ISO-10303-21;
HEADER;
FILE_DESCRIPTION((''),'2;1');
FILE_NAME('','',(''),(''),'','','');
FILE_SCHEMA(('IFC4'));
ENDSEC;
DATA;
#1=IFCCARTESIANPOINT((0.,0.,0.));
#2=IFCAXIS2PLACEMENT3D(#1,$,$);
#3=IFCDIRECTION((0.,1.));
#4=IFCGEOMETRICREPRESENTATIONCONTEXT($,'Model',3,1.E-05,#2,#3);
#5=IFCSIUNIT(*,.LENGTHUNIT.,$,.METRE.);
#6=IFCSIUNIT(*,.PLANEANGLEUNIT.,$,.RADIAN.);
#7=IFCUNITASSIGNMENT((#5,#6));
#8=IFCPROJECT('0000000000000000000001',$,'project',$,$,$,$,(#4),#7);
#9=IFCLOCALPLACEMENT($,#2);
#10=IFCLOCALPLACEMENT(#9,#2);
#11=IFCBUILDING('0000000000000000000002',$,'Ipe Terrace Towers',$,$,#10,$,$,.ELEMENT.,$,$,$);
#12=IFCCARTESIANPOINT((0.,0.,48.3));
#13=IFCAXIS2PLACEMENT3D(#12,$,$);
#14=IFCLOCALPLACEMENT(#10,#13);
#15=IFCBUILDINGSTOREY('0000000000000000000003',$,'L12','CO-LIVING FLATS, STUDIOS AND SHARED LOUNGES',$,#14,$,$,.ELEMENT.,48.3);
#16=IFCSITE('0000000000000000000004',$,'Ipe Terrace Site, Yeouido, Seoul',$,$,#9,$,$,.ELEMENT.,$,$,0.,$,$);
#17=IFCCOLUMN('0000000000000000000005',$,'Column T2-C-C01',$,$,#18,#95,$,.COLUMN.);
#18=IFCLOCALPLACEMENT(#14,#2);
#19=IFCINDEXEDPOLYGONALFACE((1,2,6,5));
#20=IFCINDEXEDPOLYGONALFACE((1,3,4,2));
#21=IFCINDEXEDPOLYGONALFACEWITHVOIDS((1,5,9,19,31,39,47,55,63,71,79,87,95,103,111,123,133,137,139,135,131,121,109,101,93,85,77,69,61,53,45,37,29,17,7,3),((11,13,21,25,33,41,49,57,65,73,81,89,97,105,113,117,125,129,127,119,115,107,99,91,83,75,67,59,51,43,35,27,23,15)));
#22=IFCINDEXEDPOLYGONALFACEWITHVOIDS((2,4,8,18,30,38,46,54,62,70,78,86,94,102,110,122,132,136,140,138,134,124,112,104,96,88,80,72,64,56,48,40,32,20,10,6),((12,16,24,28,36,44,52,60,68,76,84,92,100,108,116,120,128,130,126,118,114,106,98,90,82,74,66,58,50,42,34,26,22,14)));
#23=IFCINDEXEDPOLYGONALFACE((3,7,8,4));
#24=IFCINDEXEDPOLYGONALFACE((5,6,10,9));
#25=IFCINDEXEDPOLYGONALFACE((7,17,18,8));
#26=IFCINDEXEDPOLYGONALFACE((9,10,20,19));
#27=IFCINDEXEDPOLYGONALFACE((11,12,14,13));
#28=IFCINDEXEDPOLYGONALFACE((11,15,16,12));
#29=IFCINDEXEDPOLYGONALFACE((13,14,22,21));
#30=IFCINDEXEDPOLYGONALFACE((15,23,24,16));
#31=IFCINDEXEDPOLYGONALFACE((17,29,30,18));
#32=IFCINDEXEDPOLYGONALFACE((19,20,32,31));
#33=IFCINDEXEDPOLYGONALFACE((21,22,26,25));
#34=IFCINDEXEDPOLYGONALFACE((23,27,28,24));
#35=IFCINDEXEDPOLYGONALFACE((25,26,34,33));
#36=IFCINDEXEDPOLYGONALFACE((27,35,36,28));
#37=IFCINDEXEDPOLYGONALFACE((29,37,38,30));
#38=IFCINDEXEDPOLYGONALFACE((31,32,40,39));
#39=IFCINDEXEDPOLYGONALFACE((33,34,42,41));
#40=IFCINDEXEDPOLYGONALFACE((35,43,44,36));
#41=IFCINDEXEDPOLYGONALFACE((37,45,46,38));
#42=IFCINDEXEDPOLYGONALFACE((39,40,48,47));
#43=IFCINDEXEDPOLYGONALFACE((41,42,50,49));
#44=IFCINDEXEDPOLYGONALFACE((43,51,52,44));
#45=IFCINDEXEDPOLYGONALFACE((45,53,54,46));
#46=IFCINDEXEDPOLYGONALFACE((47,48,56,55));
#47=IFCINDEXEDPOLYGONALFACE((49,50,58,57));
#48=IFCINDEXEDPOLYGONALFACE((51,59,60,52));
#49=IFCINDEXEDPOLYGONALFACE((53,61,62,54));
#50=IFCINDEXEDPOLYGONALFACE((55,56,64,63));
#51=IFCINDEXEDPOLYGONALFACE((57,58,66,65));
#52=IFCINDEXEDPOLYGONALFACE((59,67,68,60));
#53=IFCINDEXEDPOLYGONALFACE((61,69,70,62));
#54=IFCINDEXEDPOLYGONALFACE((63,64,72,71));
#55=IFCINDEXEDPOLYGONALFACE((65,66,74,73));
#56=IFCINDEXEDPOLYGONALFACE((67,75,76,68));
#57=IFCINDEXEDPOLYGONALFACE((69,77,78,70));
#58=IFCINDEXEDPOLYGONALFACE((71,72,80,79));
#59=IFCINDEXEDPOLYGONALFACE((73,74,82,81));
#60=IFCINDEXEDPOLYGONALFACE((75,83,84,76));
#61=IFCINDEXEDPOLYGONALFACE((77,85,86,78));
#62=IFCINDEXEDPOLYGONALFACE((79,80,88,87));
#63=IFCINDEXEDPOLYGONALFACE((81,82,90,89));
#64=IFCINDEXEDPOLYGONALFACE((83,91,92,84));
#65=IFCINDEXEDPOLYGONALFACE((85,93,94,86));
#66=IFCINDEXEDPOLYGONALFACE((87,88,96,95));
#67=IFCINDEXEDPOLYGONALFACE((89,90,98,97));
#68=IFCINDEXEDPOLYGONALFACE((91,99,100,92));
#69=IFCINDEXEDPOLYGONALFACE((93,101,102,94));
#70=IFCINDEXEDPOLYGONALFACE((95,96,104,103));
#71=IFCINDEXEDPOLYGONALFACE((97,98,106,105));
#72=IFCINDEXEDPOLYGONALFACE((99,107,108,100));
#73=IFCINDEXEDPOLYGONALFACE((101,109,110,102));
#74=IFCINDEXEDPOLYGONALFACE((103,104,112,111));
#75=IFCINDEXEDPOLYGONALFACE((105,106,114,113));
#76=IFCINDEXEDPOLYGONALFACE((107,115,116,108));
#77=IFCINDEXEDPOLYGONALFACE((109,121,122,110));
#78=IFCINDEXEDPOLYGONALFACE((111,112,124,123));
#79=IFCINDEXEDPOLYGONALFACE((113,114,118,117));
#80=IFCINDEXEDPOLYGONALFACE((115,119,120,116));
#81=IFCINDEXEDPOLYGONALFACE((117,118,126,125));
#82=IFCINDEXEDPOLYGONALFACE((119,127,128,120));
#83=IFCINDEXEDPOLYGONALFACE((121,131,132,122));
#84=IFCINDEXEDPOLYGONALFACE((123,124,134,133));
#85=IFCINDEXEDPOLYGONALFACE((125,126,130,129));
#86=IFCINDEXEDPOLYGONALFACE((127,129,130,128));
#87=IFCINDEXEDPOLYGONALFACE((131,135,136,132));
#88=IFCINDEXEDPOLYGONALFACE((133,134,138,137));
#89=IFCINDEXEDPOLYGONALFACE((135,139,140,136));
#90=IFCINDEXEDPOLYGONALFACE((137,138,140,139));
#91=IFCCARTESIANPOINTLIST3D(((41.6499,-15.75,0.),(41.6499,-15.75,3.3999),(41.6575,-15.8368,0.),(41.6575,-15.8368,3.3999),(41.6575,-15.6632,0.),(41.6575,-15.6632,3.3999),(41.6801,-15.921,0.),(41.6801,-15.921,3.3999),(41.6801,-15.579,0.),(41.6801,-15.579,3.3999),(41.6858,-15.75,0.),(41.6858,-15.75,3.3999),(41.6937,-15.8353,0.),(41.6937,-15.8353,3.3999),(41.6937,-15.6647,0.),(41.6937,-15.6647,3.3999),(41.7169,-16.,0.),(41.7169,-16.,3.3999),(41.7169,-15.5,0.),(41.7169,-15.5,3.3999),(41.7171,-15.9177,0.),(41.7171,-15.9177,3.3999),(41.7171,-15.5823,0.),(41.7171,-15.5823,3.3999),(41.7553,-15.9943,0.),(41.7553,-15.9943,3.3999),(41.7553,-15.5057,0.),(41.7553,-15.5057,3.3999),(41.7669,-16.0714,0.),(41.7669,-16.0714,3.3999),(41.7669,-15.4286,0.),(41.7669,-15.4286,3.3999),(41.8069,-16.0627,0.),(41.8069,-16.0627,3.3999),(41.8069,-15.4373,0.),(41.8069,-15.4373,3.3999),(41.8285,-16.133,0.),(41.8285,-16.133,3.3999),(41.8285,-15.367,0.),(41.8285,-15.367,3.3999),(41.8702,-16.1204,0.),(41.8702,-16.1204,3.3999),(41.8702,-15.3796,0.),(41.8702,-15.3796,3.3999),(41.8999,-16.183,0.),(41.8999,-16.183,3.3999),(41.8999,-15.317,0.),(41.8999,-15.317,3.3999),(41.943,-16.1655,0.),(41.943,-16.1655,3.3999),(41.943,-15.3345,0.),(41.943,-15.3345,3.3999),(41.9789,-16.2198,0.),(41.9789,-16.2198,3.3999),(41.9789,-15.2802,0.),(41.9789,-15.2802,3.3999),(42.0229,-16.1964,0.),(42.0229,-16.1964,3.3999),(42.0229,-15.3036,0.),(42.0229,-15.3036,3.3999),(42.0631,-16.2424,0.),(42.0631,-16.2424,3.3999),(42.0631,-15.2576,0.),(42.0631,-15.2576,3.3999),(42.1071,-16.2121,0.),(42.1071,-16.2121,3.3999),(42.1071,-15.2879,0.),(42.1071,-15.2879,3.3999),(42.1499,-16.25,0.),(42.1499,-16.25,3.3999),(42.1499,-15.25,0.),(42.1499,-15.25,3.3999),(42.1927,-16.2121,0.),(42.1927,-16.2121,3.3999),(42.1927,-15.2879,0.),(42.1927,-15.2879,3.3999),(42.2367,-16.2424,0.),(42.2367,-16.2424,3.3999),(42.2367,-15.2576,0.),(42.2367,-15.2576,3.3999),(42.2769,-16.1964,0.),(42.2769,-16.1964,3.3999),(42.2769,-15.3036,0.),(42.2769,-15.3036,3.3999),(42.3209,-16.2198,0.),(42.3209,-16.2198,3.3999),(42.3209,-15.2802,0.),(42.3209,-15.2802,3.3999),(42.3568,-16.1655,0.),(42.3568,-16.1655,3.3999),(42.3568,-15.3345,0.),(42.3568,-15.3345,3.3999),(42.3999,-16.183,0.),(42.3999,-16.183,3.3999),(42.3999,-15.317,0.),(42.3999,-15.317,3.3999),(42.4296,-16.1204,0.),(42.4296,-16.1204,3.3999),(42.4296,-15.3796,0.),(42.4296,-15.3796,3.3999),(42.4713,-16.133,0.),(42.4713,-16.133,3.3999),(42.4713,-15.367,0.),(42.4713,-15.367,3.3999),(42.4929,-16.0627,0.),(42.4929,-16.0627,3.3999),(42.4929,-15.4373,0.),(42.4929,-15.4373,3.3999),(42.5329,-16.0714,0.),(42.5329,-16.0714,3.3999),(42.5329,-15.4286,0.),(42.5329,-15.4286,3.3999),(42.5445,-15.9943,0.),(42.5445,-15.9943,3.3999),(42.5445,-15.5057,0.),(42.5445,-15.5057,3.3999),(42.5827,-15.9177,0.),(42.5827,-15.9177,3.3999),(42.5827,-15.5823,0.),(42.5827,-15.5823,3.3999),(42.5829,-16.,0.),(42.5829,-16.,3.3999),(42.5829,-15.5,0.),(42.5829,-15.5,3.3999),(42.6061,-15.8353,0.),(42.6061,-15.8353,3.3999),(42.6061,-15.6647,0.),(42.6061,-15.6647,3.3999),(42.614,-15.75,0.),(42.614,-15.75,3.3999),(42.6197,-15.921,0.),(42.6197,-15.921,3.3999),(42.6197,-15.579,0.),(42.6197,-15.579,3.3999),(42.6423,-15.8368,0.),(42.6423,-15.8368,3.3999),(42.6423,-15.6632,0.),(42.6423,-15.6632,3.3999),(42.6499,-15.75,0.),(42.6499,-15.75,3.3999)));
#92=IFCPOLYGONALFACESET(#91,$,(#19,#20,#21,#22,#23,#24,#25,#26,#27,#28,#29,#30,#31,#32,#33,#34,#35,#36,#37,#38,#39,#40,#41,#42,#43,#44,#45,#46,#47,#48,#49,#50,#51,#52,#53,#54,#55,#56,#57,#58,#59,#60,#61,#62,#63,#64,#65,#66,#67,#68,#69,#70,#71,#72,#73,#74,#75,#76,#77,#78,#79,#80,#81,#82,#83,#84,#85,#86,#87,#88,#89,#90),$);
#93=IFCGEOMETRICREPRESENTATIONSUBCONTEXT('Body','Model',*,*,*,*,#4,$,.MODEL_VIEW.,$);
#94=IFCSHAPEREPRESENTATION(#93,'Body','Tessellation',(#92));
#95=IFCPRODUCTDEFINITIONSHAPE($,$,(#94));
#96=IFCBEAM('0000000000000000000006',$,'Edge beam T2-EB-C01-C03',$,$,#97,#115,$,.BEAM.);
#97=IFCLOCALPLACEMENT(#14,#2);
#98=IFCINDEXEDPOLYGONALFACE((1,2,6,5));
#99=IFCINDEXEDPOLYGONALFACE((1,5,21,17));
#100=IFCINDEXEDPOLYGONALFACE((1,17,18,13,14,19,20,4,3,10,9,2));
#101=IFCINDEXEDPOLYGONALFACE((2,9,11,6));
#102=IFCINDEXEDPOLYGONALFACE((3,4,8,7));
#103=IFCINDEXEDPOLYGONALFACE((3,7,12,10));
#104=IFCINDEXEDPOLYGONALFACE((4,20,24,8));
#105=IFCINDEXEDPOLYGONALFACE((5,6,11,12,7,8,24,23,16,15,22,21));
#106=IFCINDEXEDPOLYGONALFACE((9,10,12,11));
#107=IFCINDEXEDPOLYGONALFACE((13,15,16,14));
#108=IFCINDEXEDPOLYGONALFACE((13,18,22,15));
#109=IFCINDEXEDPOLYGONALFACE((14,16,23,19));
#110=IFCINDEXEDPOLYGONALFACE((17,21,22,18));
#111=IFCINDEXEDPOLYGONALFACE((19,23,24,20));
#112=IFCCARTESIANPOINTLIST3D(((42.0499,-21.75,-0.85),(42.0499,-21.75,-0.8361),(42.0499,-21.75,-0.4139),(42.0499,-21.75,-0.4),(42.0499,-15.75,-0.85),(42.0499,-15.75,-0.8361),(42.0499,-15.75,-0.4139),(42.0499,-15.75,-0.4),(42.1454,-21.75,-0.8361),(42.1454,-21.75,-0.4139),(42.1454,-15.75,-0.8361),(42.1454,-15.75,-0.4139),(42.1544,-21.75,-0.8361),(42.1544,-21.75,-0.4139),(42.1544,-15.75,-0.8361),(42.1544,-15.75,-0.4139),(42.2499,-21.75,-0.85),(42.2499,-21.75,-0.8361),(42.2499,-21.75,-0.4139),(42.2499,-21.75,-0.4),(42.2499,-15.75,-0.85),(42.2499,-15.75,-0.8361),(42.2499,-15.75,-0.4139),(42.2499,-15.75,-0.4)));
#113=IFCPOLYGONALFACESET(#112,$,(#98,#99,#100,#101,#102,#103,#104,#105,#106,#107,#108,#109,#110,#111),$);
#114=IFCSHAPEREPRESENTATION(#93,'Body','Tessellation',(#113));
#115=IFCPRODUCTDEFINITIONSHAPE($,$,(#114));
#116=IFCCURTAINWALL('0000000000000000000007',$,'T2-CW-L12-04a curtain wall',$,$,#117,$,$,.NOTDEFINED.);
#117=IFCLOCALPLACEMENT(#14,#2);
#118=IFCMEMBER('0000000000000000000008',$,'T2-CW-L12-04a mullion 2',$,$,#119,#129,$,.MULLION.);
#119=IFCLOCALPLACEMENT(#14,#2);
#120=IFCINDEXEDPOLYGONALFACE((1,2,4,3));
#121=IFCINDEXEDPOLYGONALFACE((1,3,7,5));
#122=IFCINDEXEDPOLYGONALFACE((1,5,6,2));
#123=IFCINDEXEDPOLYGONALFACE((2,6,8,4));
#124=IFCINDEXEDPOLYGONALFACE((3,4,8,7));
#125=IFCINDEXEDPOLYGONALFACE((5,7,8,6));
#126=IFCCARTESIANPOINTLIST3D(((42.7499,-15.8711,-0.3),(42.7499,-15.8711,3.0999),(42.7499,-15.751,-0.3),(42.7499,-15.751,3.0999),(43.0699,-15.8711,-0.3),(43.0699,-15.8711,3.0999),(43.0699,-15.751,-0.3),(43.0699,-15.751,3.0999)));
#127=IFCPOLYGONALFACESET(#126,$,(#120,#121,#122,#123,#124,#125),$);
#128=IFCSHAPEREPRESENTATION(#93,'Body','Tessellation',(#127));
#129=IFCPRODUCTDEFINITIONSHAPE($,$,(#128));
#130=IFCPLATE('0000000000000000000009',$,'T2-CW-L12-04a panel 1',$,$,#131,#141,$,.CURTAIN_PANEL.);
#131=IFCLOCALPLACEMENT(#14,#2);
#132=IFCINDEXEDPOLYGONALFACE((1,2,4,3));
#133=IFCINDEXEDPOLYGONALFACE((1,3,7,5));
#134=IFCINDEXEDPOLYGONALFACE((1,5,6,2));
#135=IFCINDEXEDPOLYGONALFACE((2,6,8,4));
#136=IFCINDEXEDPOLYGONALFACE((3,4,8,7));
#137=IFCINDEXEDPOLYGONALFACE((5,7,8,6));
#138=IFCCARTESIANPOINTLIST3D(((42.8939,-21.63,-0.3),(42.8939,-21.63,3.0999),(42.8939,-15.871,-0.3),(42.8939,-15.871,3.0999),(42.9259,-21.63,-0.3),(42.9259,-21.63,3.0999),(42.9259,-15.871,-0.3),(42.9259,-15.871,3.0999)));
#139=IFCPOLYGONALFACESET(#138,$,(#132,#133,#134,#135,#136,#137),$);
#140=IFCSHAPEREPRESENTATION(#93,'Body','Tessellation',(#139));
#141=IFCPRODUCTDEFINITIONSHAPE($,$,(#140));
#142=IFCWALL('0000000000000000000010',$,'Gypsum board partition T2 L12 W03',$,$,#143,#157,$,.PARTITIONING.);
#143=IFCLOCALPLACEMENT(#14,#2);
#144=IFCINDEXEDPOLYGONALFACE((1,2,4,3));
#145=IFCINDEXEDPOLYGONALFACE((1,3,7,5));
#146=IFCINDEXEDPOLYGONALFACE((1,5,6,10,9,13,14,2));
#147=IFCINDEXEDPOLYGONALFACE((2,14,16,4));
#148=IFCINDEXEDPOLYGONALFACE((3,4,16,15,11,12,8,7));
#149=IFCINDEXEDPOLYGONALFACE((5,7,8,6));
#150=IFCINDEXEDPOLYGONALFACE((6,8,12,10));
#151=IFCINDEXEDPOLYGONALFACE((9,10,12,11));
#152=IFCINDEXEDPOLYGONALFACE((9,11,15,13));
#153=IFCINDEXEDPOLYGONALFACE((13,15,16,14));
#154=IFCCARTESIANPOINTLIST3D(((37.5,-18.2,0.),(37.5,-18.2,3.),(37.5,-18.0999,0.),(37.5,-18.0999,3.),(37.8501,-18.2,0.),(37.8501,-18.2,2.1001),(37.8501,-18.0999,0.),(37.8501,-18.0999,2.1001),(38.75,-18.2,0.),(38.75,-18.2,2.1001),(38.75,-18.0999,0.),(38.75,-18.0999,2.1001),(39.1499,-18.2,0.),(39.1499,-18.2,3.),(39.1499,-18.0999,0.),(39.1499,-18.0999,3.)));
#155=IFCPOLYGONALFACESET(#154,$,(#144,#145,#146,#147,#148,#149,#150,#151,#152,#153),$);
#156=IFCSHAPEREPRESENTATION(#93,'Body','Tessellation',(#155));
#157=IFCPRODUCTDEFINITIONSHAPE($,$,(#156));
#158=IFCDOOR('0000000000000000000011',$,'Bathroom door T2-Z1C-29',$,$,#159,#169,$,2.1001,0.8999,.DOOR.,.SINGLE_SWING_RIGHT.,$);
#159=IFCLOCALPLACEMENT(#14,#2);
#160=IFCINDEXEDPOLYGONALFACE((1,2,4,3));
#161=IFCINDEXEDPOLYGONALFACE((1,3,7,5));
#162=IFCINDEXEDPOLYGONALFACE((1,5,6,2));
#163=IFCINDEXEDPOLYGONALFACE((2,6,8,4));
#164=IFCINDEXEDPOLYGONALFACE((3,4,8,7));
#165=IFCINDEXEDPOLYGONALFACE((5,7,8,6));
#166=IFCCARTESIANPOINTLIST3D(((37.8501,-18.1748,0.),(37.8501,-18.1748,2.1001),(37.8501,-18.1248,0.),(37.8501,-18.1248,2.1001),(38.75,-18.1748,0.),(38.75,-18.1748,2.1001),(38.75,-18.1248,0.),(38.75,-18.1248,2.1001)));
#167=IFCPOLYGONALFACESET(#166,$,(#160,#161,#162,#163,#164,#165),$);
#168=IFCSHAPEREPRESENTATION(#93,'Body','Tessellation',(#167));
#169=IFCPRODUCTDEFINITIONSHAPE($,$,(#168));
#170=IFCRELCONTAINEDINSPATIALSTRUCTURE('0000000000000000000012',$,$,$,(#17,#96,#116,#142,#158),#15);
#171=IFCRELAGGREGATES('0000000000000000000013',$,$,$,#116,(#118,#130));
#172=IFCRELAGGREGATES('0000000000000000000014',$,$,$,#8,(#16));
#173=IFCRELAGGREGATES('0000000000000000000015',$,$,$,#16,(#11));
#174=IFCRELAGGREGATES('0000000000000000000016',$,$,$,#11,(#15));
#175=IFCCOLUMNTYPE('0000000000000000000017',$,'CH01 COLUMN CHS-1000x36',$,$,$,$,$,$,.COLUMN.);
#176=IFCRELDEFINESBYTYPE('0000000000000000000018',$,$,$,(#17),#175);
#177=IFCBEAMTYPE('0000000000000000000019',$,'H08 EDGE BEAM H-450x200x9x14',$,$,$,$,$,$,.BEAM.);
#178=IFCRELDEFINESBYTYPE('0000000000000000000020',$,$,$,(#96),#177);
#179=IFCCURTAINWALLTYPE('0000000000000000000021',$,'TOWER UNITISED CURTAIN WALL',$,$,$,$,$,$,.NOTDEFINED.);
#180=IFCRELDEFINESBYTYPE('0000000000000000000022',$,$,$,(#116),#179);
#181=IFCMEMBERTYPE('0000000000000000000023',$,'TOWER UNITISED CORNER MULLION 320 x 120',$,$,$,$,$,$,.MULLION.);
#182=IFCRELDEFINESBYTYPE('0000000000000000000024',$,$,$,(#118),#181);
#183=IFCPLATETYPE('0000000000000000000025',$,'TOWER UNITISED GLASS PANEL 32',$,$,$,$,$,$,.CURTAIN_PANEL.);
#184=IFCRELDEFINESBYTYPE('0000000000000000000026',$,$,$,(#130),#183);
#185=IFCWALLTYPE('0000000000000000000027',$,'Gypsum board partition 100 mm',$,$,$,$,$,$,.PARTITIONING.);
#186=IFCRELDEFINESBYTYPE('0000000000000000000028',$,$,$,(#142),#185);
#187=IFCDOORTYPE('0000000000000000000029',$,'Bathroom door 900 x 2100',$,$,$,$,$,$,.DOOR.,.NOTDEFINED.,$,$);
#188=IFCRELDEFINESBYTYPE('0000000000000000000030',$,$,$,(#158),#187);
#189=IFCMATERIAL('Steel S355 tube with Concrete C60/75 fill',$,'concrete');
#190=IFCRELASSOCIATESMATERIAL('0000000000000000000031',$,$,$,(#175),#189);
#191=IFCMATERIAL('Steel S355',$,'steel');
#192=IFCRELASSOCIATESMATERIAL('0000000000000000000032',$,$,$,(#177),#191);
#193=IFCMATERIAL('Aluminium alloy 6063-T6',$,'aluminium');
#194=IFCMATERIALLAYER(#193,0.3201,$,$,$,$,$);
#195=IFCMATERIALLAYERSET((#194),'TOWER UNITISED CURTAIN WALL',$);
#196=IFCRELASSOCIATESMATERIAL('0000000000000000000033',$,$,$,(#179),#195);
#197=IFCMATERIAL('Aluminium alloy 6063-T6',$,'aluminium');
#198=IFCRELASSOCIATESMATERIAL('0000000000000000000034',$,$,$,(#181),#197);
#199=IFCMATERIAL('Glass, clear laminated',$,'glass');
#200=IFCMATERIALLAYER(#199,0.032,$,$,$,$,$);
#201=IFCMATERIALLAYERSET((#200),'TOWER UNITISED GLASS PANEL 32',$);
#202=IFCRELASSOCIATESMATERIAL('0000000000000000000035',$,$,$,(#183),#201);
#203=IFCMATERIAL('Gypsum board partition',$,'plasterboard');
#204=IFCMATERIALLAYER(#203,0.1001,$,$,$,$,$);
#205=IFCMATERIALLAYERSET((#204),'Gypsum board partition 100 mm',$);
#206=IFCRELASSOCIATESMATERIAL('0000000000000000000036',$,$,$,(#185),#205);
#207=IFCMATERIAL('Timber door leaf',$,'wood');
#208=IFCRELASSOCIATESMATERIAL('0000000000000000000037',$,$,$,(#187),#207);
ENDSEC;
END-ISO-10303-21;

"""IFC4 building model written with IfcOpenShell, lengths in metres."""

from ifc_helpers import new_model, si_unit, direction, frame, frame_2d, origin, origin_2d, place, context, subcontext, project, spatial, rectangle, hollow_circle, i_section, extrude, material, layer, layer_set, material_profile, profile_set, type_object, element, fill, aggregate, save


model = new_model("IFC4")

# Units and contexts
model_context = context("Model", 3, precision=1e-05, world=origin(), true_north=direction((0.0, 1.0)))
body_context = subcontext(model_context, "Body", "Model", "MODEL_VIEW")
ifc_project = project(units=[si_unit("LENGTHUNIT", "METRE"), si_unit("PLANEANGLEUNIT", "RADIAN")], contexts=[model_context])

# Site, building, storey
site_placement = place(None, origin())
site = spatial("IfcSite", under=ifc_project, at=site_placement, Name="Ipe Terrace Site, Yeouido, Seoul", CompositionType="ELEMENT", RefElevation=0.0)
building_placement = place(site_placement, origin())
building = spatial("IfcBuilding", under=site, at=building_placement, Name="Ipe Terrace Towers", CompositionType="ELEMENT")
storey_placement = place(building_placement, frame((0.0, 0.0, 48.3)))
storey = spatial("IfcBuildingStorey", under=building, at=storey_placement, Name="L12", Description="CO-LIVING FLATS, STUDIOS AND SHARED LOUNGES", CompositionType="ELEMENT", Elevation=48.3)

# Column
ifc_material_1 = material(Name="Steel S355 tube with Concrete C60/75 fill", Category="concrete")
ifc_material_profile_1 = material_profile(ifc_material_1, hollow_circle(Radius=0.5, WallThickness=0.0359, at=origin_2d()), Name="CHS-1000x36")
ifc_profile_set_1 = profile_set([ifc_material_profile_1], Name="Steel S355 tube with Concrete C60/75 fill")
column_type = type_object("IfcColumnType", Name="CH01 COLUMN CHS-1000x36", PredefinedType="COLUMN", material=ifc_profile_set_1)
column_placement = place(storey_placement, frame((42.1499, -15.75, 0.0), z_axis=(0.0, 0.0, 1.0), x_axis=(1.0, 0.0, 0.0)))
element("IfcColumn", 1, at=column_placement, inside=storey, type_object=column_type, Name="Column T2-C-C01", PredefinedType="COLUMN", context=body_context, shape_type="SweptSolid", body=[
    extrude(hollow_circle(Radius=0.5, WallThickness=0.0359, at=origin_2d()), origin(), (0.0, 0.0, 1.0), 3.3999),
])

# Beam
ifc_material_2 = material(Name="Steel S355", Category="steel")
ifc_material_profile_2 = material_profile(ifc_material_2, i_section(OverallWidth=0.2, OverallDepth=0.45, WebThickness=0.009, FlangeThickness=0.0139, at=origin_2d()), Name="H-450x200x9x14")
ifc_profile_set_2 = profile_set([ifc_material_profile_2], Name="Steel S355")
beam_type = type_object("IfcBeamType", Name="H08 EDGE BEAM H-450x200x9x14", PredefinedType="BEAM", material=ifc_profile_set_2)
beam_placement = place(storey_placement, frame((42.1499, -15.75, -0.625), z_axis=(0.0, -1.0, 0.0), x_axis=(1.0, 0.0, 0.0)))
element("IfcBeam", 2, at=beam_placement, inside=storey, type_object=beam_type, Name="Edge beam T2-EB-C01-C03", PredefinedType="BEAM", context=body_context, shape_type="SweptSolid", body=[
    extrude(i_section(OverallWidth=0.2, OverallDepth=0.45, WebThickness=0.009, FlangeThickness=0.0139, at=origin_2d()), origin(), (0.0, 0.0, 1.0), 6.0),
])

# Curtain wall, member, plate
ifc_material_3 = material(Name="Aluminium alloy 6063-T6", Category="aluminium")
ifc_layer_1 = layer(ifc_material_3, 0.3201)
ifc_layer_set_1 = layer_set([ifc_layer_1], Name="TOWER UNITISED CURTAIN WALL")
curtain_wall_type = type_object("IfcCurtainWallType", Name="TOWER UNITISED CURTAIN WALL", PredefinedType="NOTDEFINED", material=ifc_layer_set_1)
curtain_wall_placement = place(storey_placement, origin())
curtain_wall = element("IfcCurtainWall", 3, at=curtain_wall_placement, inside=storey, type_object=curtain_wall_type, Name="T2-CW-L12-04a curtain wall", PredefinedType="NOTDEFINED")
ifc_material_4 = material(Name="Aluminium alloy 6063-T6", Category="aluminium")
ifc_material_profile_3 = material_profile(ifc_material_4, rectangle(XDim=0.3201, YDim=0.1201, at=origin_2d()), Name="TOWER UNITISED CORNER MULLION 320 x 120")
ifc_profile_set_3 = profile_set([ifc_material_profile_3], Name="Aluminium alloy 6063-T6")
member_type = type_object("IfcMemberType", Name="TOWER UNITISED CORNER MULLION 320 x 120", PredefinedType="MULLION", material=ifc_profile_set_3)
member_placement = place(storey_placement, frame((42.9099, -15.811, -0.3), z_axis=(0.0, 0.0, 1.0), x_axis=(1.0, 0.0, 0.0)))
member = element("IfcMember", 4, at=member_placement, type_object=member_type, Name="T2-CW-L12-04a mullion 2", PredefinedType="MULLION", context=body_context, shape_type="SweptSolid", body=[
    extrude(rectangle(XDim=0.3201, YDim=0.1201, at=origin_2d()), origin(), (0.0, 0.0, 1.0), 3.3999),
])
ifc_material_5 = material(Name="Glass, clear laminated", Category="glass")
ifc_layer_2 = layer(ifc_material_5, 0.032)
ifc_layer_set_2 = layer_set([ifc_layer_2], Name="TOWER UNITISED GLASS PANEL 32")
plate_type = type_object("IfcPlateType", Name="TOWER UNITISED GLASS PANEL 32", PredefinedType="CURTAIN_PANEL", material=ifc_layer_set_2)
plate_placement = place(storey_placement, frame((42.9099, -18.7505, -0.3), z_axis=(0.0, 0.0, 1.0), x_axis=(0.0, 1.0, 0.0)))
plate = element("IfcPlate", 5, at=plate_placement, type_object=plate_type, Name="T2-CW-L12-04a panel 1", PredefinedType="CURTAIN_PANEL", context=body_context, shape_type="SweptSolid", body=[
    extrude(rectangle(XDim=5.759, YDim=0.032, at=origin_2d()), origin(), (0.0, 0.0, 1.0), 3.3999),
])
aggregate(curtain_wall, [member, plate])

# Wall, opening, door
ifc_material_6 = material(Name="Gypsum board partition", Category="plasterboard")
ifc_layer_3 = layer(ifc_material_6, 0.1001)
ifc_layer_set_3 = layer_set([ifc_layer_3], Name="Gypsum board partition 100 mm")
wall_type_1 = type_object("IfcWallType", Name="Gypsum board partition 100 mm", PredefinedType="PARTITIONING", material=ifc_layer_set_3)
wall_1_placement = place(storey_placement, frame((39.1499, -18.1499, 0.0), z_axis=(0.0, 0.0, 1.0), x_axis=(-1.0, 0.0, 0.0)))
wall_1 = element("IfcWall", 6, at=wall_1_placement, inside=storey, type_object=wall_type_1, Name="Gypsum board partition T2 L12 W03", PredefinedType="PARTITIONING", context=body_context, shape_type="SweptSolid", body=[
    extrude(rectangle(XDim=1.6499, YDim=0.1001, at=frame_2d((0.825, 0.0))), origin(), (0.0, 0.0, 1.0), 3.0),
])
opening_1_placement = place(wall_1_placement, frame((0.3999, 0.0, 0.0)))
opening_1 = element("IfcOpeningElement", 7, at=opening_1_placement, cuts=wall_1, PredefinedType="OPENING", context=body_context, shape_type="SweptSolid", body=[
    extrude(rectangle(XDim=0.8999, YDim=2.1001, at=frame_2d((0.45, 1.05))), frame((0.0, 0.0601, 0.0), z_axis=(0.0, -1.0, 0.0), x_axis=(1.0, 0.0, 0.0)), (0.0, 0.0, 1.0), 0.1201),
])
ifc_material_7 = material(Name="Timber door leaf", Category="wood")
door_type_1 = type_object("IfcDoorType", Name="Bathroom door 900 x 2100", OperationType="NOTDEFINED", PredefinedType="DOOR", material=ifc_material_7)
door_1_placement = place(opening_1_placement, origin())
door_1 = element("IfcDoor", 8, at=door_1_placement, inside=storey, type_object=door_type_1, Name="Bathroom door T2-Z1C-29", OperationType="SINGLE_SWING_RIGHT", OverallHeight=2.1001, OverallWidth=0.8999, PredefinedType="DOOR", context=body_context, shape_type="SweptSolid", body=[
    extrude(rectangle(XDim=0.8999, YDim=2.1001, at=frame_2d((0.45, 1.05))), frame((0.0, 0.0249, 0.0), z_axis=(0.0, -1.0, 0.0), x_axis=(1.0, 0.0, 0.0)), (0.0, 0.0, 1.0), 0.05),
])
fill(opening_1, door_1)

save(model, "model.ifc")
